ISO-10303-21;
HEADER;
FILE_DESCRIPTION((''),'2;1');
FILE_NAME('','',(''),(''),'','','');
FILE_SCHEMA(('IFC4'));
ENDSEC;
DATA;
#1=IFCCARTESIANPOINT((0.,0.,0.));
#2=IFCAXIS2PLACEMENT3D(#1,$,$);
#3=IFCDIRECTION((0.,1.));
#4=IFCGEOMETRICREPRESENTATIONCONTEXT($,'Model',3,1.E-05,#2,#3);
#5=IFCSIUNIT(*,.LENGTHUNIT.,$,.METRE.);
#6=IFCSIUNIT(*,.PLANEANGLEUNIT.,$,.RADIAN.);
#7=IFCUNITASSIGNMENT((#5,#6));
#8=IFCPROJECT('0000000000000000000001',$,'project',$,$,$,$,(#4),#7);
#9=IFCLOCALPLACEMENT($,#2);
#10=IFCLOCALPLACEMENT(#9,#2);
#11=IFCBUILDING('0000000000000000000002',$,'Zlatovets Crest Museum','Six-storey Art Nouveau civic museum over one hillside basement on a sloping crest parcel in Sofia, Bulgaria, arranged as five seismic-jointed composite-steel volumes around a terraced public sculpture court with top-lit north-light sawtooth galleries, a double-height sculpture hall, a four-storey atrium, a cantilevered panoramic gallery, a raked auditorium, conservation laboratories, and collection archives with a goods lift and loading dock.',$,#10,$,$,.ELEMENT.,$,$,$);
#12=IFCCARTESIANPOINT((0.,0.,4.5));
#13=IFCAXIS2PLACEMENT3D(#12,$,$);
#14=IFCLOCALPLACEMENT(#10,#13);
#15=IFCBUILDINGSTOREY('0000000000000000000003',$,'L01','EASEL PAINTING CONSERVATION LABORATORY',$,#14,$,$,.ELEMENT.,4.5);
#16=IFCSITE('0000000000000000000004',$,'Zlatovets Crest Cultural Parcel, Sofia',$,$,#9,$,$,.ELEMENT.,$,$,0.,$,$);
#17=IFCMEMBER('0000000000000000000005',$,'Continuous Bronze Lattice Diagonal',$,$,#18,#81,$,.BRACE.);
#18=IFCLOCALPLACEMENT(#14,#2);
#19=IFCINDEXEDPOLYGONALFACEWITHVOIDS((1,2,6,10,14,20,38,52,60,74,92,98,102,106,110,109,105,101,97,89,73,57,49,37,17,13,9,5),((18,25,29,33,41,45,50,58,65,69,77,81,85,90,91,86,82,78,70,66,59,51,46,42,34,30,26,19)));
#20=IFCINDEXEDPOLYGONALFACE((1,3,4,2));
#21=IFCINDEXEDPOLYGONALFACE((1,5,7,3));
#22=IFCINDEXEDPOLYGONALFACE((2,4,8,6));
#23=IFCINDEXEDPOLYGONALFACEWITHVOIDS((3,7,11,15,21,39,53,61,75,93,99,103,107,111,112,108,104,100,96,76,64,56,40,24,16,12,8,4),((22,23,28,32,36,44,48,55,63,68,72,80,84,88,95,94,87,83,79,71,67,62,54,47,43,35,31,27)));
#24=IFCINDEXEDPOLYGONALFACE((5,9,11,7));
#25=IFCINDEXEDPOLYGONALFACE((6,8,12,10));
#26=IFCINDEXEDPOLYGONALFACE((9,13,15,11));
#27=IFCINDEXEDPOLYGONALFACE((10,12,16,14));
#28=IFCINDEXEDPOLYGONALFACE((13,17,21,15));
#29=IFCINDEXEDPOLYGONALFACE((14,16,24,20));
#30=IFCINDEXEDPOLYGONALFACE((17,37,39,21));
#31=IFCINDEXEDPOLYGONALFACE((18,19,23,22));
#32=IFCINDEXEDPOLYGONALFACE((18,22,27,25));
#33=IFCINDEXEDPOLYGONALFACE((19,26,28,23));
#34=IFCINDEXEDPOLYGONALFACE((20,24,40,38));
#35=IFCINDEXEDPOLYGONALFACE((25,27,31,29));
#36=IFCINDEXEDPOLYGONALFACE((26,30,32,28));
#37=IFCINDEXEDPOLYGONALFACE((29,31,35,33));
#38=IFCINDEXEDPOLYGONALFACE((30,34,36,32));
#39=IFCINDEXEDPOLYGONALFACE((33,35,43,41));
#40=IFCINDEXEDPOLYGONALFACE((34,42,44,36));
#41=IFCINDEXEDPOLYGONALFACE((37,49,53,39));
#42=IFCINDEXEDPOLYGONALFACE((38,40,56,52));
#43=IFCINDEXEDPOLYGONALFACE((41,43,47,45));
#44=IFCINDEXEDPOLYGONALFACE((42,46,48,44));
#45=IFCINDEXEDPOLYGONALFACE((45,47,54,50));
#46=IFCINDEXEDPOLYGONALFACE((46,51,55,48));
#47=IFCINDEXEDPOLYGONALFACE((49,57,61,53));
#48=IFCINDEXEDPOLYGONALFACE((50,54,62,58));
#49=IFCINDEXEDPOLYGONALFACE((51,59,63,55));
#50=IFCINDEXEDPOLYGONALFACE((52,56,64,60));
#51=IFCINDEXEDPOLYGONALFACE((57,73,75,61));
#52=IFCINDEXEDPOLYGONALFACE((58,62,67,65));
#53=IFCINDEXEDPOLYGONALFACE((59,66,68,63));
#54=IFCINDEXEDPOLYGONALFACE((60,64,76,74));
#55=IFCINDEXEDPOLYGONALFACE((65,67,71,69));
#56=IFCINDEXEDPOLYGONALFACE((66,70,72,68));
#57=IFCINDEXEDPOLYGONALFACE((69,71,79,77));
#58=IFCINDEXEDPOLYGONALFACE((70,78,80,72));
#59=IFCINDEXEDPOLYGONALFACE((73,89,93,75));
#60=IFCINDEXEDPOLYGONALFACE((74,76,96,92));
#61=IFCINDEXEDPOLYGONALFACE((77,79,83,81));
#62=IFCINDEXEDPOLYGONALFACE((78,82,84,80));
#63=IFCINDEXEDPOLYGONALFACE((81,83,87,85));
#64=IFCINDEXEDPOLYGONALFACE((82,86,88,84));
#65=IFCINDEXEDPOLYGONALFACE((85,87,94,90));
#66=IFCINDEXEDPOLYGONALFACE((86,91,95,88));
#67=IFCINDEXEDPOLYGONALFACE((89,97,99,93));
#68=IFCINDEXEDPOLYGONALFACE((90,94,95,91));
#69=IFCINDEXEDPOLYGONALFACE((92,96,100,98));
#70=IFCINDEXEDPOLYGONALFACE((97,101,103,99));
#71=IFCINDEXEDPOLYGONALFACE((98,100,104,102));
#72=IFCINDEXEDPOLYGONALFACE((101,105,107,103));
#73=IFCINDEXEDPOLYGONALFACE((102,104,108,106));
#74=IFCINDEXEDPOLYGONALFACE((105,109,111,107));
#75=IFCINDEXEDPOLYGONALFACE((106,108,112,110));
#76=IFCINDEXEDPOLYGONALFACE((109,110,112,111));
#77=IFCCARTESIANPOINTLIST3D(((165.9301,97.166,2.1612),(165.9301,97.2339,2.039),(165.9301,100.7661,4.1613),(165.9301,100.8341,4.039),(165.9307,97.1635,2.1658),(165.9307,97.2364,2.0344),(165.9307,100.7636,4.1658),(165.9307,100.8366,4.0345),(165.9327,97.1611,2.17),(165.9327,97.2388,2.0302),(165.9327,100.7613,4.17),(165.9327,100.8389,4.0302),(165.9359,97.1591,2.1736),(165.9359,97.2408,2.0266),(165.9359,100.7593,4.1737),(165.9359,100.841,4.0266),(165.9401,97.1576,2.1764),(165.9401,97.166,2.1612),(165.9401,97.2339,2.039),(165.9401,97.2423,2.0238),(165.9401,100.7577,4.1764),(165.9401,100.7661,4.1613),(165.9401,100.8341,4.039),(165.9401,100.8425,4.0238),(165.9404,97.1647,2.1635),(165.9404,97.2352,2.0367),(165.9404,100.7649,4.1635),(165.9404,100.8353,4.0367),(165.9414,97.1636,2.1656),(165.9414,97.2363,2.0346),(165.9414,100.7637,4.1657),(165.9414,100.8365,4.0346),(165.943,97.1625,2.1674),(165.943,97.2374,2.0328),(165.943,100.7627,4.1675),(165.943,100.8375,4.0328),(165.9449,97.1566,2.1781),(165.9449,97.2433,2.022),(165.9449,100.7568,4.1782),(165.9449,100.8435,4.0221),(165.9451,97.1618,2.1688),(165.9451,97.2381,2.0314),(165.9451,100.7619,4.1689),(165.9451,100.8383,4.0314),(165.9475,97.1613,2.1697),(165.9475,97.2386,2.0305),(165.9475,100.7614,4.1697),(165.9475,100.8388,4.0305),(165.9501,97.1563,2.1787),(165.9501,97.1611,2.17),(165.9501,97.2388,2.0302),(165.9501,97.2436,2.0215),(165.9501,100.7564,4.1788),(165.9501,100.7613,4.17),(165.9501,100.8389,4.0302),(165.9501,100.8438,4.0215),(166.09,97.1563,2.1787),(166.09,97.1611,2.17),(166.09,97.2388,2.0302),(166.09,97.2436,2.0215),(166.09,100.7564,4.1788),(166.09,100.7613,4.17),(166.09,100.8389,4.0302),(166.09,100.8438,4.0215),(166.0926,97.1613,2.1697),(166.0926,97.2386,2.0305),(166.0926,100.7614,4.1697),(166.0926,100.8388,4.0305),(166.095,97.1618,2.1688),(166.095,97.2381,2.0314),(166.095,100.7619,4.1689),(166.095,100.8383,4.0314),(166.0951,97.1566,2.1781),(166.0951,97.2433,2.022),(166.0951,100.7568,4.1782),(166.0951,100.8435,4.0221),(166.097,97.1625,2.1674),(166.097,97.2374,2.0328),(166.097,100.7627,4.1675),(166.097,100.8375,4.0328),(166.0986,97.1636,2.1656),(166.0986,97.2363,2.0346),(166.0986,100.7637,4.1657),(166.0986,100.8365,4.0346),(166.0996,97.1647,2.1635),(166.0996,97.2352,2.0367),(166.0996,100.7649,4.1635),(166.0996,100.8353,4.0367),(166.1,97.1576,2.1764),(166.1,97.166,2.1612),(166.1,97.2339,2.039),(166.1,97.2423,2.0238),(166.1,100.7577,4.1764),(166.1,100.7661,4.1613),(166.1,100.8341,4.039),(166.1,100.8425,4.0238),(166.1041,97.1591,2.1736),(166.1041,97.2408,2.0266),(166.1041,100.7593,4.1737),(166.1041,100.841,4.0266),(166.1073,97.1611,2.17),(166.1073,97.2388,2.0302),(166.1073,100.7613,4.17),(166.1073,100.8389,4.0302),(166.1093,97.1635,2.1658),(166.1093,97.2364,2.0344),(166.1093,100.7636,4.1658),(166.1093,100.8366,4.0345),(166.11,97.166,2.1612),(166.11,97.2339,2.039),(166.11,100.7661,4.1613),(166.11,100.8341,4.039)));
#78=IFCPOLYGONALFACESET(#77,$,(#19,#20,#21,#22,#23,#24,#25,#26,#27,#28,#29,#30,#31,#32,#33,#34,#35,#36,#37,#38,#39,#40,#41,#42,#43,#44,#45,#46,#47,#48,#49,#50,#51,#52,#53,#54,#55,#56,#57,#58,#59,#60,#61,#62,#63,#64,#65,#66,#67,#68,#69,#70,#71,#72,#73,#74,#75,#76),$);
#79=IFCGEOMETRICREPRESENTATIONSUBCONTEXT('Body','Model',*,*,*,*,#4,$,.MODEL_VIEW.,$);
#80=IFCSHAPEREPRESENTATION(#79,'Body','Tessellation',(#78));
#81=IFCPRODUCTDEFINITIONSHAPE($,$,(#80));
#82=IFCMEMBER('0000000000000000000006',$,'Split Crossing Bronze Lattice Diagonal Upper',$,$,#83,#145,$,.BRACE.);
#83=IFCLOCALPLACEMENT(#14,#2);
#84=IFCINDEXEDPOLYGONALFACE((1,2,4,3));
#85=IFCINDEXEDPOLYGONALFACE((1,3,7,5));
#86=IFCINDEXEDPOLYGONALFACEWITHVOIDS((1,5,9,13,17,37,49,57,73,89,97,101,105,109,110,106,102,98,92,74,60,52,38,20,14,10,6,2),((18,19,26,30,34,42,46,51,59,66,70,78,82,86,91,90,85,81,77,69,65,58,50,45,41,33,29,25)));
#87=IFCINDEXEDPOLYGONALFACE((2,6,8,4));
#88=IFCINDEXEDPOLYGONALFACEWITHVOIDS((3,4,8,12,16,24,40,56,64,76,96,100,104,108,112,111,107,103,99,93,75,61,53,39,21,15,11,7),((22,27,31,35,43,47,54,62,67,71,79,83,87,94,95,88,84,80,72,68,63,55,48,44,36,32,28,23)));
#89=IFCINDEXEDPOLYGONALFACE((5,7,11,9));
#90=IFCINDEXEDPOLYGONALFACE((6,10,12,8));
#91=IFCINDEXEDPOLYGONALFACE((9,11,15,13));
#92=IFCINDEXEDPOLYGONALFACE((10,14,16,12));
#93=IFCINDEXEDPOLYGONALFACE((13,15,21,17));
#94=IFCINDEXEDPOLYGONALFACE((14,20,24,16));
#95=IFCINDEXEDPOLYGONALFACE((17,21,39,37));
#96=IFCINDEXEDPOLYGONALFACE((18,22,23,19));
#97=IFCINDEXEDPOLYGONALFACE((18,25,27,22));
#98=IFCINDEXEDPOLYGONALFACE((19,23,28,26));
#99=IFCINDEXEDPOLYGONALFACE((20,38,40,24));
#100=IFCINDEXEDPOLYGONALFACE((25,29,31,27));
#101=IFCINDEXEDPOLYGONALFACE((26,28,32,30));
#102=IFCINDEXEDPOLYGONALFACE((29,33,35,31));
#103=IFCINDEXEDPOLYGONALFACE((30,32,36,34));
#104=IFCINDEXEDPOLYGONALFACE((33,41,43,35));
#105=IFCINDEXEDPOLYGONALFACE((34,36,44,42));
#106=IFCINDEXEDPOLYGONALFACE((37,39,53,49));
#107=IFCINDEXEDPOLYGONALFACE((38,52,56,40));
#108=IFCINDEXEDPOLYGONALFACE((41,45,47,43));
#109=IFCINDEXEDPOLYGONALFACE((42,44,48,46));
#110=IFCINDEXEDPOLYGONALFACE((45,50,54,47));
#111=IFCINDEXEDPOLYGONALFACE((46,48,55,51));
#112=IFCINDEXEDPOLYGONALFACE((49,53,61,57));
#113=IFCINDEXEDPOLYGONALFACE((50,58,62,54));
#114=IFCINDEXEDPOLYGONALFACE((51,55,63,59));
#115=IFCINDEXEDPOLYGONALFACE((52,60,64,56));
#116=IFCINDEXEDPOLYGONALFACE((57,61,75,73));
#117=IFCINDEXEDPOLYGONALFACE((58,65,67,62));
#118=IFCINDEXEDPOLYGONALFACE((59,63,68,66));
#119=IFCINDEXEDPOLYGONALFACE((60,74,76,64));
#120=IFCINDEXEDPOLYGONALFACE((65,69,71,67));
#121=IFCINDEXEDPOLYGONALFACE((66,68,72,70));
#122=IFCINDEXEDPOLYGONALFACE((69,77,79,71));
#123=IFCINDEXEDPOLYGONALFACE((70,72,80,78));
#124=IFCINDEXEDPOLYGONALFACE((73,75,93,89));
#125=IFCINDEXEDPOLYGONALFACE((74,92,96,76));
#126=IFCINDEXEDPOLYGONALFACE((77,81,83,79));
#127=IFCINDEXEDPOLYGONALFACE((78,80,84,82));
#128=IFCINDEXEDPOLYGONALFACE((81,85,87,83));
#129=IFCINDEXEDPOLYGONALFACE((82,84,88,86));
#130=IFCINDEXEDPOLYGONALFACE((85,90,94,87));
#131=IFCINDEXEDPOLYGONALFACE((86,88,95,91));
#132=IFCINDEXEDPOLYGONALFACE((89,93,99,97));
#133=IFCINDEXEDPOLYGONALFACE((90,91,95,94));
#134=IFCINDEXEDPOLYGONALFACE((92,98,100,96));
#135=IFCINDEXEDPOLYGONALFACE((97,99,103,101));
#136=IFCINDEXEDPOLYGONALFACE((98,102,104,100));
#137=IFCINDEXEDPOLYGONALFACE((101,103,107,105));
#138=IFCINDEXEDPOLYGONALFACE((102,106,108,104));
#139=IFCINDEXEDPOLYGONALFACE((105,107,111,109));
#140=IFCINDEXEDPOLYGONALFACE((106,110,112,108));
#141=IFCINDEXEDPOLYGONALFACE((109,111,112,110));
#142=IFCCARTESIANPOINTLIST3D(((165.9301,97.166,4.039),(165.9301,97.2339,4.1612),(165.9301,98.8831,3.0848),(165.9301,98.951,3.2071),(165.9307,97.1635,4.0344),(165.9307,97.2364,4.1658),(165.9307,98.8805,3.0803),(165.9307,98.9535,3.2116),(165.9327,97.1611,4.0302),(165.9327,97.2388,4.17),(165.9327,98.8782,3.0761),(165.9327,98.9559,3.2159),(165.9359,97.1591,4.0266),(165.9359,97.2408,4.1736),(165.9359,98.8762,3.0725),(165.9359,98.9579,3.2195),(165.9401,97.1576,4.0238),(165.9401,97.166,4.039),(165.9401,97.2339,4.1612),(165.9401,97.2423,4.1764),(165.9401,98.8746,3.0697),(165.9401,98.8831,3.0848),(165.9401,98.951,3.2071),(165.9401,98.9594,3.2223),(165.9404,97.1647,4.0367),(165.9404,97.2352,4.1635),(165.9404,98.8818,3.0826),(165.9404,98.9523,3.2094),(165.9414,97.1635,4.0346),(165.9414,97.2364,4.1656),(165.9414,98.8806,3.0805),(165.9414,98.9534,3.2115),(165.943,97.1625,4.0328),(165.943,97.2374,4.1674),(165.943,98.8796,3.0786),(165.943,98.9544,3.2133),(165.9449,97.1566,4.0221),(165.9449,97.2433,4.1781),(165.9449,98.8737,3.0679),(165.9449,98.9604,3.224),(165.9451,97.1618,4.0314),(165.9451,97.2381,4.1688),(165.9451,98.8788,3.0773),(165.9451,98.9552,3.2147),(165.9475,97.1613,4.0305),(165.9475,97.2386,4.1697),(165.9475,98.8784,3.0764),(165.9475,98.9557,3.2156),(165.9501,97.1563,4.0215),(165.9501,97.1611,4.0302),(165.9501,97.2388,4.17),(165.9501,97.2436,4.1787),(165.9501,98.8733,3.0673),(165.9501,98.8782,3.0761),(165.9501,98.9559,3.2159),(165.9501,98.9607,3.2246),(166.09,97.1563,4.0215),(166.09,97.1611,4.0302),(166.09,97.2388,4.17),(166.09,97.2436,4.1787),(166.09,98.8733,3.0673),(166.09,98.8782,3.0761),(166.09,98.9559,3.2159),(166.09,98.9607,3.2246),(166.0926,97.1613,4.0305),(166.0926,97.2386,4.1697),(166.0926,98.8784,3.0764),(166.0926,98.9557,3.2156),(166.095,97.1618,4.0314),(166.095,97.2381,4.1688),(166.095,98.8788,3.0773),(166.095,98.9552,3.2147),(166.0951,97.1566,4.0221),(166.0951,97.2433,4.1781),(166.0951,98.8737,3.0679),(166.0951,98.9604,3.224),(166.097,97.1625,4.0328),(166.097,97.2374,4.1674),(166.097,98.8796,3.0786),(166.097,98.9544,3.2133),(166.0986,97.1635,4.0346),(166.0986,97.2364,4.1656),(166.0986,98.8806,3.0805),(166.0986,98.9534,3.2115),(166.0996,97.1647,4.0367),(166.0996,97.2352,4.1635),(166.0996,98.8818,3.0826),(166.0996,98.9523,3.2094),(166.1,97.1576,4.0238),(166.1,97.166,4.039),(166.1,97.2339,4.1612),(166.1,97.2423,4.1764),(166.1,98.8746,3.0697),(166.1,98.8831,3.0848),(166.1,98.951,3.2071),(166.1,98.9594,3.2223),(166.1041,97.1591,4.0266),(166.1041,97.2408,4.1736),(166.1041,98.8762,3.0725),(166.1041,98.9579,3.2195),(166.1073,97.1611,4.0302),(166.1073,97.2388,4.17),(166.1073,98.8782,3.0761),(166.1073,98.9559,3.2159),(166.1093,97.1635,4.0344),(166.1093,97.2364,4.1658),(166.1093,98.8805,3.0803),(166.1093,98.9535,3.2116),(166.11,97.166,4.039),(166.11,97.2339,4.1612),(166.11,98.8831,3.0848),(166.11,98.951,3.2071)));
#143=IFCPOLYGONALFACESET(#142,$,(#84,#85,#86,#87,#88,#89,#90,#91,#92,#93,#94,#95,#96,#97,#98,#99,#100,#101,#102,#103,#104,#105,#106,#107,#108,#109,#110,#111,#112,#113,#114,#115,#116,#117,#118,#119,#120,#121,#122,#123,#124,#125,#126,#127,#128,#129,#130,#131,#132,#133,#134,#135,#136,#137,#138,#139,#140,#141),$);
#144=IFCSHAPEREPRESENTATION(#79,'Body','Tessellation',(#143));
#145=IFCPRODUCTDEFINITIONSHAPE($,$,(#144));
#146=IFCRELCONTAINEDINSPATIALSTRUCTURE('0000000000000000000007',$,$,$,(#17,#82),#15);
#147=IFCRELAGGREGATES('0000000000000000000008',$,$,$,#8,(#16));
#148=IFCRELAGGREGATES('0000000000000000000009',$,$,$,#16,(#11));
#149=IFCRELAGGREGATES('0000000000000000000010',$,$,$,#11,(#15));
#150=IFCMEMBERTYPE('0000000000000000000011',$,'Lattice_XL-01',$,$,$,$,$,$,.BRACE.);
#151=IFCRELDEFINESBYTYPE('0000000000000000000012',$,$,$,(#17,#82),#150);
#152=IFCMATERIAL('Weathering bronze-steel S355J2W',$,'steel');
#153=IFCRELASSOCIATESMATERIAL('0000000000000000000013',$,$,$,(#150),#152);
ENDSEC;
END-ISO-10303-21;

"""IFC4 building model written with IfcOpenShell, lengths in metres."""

from ifc_helpers import new_model, si_unit, direction, frame, origin, origin_2d, place, context, subcontext, project, spatial, hollow_rectangle, extrude, material, material_profile, profile_set, type_object, element, save


model = new_model("IFC4")

# Units and contexts
model_context = context("Model", 3, precision=1e-05, world=origin(), true_north=direction((0.0, 1.0)))
body_context = subcontext(model_context, "Body", "Model", "MODEL_VIEW")
ifc_project = project(units=[si_unit("LENGTHUNIT", "METRE"), si_unit("PLANEANGLEUNIT", "RADIAN")], contexts=[model_context])

# Site, building, storey
site_placement = place(None, origin())
site = spatial("IfcSite", under=ifc_project, at=site_placement, Name="Zlatovets Crest Cultural Parcel, Sofia", CompositionType="ELEMENT", RefElevation=0.0)
building_placement = place(site_placement, origin())
building = spatial("IfcBuilding", under=site, at=building_placement, Name="Zlatovets Crest Museum", Description="Six-storey Art Nouveau civic museum over one hillside basement on a sloping crest parcel in Sofia, Bulgaria, arranged as five seismic-jointed composite-steel volumes around a terraced public sculpture court with top-lit north-light sawtooth galleries, a double-height sculpture hall, a four-storey atrium, a cantilevered panoramic gallery, a raked auditorium, conservation laboratories, and collection archives with a goods lift and loading dock.", CompositionType="ELEMENT")
storey_placement = place(building_placement, frame((0.0, 0.0, 4.5)))
storey = spatial("IfcBuildingStorey", under=building, at=storey_placement, Name="L01", Description="EASEL PAINTING CONSERVATION LABORATORY", CompositionType="ELEMENT", Elevation=4.5)

# Members
ifc_material_1 = material(Name="Weathering bronze-steel S355J2W", Category="steel")
ifc_material_profile_1 = material_profile(ifc_material_1, hollow_rectangle(XDim=0.1799, YDim=0.1799, WallThickness=0.01, InnerFilletRadius=0.01, OuterFilletRadius=0.02, at=origin_2d()), Name="SHS 180x180x10.0")
ifc_profile_set_1 = profile_set([ifc_material_profile_1], Name="Weathering bronze-steel S355J2W")
member_type_1 = type_object("IfcMemberType", Name="Lattice_XL-01", PredefinedType="BRACE", material=ifc_profile_set_1)
member_1_placement = place(storey_placement, frame((166.02, 97.2, 2.1001), z_axis=(0.0, 0.874163, 0.485633), x_axis=(-1.0, 0.0, 0.0)))
element("IfcMember", 1, at=member_1_placement, inside=storey, type_object=member_type_1, Name="Continuous Bronze Lattice Diagonal", PredefinedType="BRACE", context=body_context, shape_type="SweptSolid", body=[
    extrude(hollow_rectangle(XDim=0.1799, YDim=0.1799, WallThickness=0.01, InnerFilletRadius=0.01, OuterFilletRadius=0.02, at=origin_2d()), origin(), (0.0, 0.0, 1.0), 4.1184),
])
member_2_placement = place(storey_placement, frame((166.02, 97.2, 4.1001), z_axis=(0.0, 0.874116, -0.485717), x_axis=(-1.0, 0.0, 0.0)))
element("IfcMember", 2, at=member_2_placement, inside=storey, type_object=member_type_1, Name="Split Crossing Bronze Lattice Diagonal Upper", PredefinedType="BRACE", context=body_context, shape_type="SweptSolid", body=[
    extrude(hollow_rectangle(XDim=0.1799, YDim=0.1799, WallThickness=0.01, InnerFilletRadius=0.01, OuterFilletRadius=0.02, at=origin_2d()), origin(), (0.0, 0.0, 1.0), 1.9644),
])

save(model, "model.ifc")
